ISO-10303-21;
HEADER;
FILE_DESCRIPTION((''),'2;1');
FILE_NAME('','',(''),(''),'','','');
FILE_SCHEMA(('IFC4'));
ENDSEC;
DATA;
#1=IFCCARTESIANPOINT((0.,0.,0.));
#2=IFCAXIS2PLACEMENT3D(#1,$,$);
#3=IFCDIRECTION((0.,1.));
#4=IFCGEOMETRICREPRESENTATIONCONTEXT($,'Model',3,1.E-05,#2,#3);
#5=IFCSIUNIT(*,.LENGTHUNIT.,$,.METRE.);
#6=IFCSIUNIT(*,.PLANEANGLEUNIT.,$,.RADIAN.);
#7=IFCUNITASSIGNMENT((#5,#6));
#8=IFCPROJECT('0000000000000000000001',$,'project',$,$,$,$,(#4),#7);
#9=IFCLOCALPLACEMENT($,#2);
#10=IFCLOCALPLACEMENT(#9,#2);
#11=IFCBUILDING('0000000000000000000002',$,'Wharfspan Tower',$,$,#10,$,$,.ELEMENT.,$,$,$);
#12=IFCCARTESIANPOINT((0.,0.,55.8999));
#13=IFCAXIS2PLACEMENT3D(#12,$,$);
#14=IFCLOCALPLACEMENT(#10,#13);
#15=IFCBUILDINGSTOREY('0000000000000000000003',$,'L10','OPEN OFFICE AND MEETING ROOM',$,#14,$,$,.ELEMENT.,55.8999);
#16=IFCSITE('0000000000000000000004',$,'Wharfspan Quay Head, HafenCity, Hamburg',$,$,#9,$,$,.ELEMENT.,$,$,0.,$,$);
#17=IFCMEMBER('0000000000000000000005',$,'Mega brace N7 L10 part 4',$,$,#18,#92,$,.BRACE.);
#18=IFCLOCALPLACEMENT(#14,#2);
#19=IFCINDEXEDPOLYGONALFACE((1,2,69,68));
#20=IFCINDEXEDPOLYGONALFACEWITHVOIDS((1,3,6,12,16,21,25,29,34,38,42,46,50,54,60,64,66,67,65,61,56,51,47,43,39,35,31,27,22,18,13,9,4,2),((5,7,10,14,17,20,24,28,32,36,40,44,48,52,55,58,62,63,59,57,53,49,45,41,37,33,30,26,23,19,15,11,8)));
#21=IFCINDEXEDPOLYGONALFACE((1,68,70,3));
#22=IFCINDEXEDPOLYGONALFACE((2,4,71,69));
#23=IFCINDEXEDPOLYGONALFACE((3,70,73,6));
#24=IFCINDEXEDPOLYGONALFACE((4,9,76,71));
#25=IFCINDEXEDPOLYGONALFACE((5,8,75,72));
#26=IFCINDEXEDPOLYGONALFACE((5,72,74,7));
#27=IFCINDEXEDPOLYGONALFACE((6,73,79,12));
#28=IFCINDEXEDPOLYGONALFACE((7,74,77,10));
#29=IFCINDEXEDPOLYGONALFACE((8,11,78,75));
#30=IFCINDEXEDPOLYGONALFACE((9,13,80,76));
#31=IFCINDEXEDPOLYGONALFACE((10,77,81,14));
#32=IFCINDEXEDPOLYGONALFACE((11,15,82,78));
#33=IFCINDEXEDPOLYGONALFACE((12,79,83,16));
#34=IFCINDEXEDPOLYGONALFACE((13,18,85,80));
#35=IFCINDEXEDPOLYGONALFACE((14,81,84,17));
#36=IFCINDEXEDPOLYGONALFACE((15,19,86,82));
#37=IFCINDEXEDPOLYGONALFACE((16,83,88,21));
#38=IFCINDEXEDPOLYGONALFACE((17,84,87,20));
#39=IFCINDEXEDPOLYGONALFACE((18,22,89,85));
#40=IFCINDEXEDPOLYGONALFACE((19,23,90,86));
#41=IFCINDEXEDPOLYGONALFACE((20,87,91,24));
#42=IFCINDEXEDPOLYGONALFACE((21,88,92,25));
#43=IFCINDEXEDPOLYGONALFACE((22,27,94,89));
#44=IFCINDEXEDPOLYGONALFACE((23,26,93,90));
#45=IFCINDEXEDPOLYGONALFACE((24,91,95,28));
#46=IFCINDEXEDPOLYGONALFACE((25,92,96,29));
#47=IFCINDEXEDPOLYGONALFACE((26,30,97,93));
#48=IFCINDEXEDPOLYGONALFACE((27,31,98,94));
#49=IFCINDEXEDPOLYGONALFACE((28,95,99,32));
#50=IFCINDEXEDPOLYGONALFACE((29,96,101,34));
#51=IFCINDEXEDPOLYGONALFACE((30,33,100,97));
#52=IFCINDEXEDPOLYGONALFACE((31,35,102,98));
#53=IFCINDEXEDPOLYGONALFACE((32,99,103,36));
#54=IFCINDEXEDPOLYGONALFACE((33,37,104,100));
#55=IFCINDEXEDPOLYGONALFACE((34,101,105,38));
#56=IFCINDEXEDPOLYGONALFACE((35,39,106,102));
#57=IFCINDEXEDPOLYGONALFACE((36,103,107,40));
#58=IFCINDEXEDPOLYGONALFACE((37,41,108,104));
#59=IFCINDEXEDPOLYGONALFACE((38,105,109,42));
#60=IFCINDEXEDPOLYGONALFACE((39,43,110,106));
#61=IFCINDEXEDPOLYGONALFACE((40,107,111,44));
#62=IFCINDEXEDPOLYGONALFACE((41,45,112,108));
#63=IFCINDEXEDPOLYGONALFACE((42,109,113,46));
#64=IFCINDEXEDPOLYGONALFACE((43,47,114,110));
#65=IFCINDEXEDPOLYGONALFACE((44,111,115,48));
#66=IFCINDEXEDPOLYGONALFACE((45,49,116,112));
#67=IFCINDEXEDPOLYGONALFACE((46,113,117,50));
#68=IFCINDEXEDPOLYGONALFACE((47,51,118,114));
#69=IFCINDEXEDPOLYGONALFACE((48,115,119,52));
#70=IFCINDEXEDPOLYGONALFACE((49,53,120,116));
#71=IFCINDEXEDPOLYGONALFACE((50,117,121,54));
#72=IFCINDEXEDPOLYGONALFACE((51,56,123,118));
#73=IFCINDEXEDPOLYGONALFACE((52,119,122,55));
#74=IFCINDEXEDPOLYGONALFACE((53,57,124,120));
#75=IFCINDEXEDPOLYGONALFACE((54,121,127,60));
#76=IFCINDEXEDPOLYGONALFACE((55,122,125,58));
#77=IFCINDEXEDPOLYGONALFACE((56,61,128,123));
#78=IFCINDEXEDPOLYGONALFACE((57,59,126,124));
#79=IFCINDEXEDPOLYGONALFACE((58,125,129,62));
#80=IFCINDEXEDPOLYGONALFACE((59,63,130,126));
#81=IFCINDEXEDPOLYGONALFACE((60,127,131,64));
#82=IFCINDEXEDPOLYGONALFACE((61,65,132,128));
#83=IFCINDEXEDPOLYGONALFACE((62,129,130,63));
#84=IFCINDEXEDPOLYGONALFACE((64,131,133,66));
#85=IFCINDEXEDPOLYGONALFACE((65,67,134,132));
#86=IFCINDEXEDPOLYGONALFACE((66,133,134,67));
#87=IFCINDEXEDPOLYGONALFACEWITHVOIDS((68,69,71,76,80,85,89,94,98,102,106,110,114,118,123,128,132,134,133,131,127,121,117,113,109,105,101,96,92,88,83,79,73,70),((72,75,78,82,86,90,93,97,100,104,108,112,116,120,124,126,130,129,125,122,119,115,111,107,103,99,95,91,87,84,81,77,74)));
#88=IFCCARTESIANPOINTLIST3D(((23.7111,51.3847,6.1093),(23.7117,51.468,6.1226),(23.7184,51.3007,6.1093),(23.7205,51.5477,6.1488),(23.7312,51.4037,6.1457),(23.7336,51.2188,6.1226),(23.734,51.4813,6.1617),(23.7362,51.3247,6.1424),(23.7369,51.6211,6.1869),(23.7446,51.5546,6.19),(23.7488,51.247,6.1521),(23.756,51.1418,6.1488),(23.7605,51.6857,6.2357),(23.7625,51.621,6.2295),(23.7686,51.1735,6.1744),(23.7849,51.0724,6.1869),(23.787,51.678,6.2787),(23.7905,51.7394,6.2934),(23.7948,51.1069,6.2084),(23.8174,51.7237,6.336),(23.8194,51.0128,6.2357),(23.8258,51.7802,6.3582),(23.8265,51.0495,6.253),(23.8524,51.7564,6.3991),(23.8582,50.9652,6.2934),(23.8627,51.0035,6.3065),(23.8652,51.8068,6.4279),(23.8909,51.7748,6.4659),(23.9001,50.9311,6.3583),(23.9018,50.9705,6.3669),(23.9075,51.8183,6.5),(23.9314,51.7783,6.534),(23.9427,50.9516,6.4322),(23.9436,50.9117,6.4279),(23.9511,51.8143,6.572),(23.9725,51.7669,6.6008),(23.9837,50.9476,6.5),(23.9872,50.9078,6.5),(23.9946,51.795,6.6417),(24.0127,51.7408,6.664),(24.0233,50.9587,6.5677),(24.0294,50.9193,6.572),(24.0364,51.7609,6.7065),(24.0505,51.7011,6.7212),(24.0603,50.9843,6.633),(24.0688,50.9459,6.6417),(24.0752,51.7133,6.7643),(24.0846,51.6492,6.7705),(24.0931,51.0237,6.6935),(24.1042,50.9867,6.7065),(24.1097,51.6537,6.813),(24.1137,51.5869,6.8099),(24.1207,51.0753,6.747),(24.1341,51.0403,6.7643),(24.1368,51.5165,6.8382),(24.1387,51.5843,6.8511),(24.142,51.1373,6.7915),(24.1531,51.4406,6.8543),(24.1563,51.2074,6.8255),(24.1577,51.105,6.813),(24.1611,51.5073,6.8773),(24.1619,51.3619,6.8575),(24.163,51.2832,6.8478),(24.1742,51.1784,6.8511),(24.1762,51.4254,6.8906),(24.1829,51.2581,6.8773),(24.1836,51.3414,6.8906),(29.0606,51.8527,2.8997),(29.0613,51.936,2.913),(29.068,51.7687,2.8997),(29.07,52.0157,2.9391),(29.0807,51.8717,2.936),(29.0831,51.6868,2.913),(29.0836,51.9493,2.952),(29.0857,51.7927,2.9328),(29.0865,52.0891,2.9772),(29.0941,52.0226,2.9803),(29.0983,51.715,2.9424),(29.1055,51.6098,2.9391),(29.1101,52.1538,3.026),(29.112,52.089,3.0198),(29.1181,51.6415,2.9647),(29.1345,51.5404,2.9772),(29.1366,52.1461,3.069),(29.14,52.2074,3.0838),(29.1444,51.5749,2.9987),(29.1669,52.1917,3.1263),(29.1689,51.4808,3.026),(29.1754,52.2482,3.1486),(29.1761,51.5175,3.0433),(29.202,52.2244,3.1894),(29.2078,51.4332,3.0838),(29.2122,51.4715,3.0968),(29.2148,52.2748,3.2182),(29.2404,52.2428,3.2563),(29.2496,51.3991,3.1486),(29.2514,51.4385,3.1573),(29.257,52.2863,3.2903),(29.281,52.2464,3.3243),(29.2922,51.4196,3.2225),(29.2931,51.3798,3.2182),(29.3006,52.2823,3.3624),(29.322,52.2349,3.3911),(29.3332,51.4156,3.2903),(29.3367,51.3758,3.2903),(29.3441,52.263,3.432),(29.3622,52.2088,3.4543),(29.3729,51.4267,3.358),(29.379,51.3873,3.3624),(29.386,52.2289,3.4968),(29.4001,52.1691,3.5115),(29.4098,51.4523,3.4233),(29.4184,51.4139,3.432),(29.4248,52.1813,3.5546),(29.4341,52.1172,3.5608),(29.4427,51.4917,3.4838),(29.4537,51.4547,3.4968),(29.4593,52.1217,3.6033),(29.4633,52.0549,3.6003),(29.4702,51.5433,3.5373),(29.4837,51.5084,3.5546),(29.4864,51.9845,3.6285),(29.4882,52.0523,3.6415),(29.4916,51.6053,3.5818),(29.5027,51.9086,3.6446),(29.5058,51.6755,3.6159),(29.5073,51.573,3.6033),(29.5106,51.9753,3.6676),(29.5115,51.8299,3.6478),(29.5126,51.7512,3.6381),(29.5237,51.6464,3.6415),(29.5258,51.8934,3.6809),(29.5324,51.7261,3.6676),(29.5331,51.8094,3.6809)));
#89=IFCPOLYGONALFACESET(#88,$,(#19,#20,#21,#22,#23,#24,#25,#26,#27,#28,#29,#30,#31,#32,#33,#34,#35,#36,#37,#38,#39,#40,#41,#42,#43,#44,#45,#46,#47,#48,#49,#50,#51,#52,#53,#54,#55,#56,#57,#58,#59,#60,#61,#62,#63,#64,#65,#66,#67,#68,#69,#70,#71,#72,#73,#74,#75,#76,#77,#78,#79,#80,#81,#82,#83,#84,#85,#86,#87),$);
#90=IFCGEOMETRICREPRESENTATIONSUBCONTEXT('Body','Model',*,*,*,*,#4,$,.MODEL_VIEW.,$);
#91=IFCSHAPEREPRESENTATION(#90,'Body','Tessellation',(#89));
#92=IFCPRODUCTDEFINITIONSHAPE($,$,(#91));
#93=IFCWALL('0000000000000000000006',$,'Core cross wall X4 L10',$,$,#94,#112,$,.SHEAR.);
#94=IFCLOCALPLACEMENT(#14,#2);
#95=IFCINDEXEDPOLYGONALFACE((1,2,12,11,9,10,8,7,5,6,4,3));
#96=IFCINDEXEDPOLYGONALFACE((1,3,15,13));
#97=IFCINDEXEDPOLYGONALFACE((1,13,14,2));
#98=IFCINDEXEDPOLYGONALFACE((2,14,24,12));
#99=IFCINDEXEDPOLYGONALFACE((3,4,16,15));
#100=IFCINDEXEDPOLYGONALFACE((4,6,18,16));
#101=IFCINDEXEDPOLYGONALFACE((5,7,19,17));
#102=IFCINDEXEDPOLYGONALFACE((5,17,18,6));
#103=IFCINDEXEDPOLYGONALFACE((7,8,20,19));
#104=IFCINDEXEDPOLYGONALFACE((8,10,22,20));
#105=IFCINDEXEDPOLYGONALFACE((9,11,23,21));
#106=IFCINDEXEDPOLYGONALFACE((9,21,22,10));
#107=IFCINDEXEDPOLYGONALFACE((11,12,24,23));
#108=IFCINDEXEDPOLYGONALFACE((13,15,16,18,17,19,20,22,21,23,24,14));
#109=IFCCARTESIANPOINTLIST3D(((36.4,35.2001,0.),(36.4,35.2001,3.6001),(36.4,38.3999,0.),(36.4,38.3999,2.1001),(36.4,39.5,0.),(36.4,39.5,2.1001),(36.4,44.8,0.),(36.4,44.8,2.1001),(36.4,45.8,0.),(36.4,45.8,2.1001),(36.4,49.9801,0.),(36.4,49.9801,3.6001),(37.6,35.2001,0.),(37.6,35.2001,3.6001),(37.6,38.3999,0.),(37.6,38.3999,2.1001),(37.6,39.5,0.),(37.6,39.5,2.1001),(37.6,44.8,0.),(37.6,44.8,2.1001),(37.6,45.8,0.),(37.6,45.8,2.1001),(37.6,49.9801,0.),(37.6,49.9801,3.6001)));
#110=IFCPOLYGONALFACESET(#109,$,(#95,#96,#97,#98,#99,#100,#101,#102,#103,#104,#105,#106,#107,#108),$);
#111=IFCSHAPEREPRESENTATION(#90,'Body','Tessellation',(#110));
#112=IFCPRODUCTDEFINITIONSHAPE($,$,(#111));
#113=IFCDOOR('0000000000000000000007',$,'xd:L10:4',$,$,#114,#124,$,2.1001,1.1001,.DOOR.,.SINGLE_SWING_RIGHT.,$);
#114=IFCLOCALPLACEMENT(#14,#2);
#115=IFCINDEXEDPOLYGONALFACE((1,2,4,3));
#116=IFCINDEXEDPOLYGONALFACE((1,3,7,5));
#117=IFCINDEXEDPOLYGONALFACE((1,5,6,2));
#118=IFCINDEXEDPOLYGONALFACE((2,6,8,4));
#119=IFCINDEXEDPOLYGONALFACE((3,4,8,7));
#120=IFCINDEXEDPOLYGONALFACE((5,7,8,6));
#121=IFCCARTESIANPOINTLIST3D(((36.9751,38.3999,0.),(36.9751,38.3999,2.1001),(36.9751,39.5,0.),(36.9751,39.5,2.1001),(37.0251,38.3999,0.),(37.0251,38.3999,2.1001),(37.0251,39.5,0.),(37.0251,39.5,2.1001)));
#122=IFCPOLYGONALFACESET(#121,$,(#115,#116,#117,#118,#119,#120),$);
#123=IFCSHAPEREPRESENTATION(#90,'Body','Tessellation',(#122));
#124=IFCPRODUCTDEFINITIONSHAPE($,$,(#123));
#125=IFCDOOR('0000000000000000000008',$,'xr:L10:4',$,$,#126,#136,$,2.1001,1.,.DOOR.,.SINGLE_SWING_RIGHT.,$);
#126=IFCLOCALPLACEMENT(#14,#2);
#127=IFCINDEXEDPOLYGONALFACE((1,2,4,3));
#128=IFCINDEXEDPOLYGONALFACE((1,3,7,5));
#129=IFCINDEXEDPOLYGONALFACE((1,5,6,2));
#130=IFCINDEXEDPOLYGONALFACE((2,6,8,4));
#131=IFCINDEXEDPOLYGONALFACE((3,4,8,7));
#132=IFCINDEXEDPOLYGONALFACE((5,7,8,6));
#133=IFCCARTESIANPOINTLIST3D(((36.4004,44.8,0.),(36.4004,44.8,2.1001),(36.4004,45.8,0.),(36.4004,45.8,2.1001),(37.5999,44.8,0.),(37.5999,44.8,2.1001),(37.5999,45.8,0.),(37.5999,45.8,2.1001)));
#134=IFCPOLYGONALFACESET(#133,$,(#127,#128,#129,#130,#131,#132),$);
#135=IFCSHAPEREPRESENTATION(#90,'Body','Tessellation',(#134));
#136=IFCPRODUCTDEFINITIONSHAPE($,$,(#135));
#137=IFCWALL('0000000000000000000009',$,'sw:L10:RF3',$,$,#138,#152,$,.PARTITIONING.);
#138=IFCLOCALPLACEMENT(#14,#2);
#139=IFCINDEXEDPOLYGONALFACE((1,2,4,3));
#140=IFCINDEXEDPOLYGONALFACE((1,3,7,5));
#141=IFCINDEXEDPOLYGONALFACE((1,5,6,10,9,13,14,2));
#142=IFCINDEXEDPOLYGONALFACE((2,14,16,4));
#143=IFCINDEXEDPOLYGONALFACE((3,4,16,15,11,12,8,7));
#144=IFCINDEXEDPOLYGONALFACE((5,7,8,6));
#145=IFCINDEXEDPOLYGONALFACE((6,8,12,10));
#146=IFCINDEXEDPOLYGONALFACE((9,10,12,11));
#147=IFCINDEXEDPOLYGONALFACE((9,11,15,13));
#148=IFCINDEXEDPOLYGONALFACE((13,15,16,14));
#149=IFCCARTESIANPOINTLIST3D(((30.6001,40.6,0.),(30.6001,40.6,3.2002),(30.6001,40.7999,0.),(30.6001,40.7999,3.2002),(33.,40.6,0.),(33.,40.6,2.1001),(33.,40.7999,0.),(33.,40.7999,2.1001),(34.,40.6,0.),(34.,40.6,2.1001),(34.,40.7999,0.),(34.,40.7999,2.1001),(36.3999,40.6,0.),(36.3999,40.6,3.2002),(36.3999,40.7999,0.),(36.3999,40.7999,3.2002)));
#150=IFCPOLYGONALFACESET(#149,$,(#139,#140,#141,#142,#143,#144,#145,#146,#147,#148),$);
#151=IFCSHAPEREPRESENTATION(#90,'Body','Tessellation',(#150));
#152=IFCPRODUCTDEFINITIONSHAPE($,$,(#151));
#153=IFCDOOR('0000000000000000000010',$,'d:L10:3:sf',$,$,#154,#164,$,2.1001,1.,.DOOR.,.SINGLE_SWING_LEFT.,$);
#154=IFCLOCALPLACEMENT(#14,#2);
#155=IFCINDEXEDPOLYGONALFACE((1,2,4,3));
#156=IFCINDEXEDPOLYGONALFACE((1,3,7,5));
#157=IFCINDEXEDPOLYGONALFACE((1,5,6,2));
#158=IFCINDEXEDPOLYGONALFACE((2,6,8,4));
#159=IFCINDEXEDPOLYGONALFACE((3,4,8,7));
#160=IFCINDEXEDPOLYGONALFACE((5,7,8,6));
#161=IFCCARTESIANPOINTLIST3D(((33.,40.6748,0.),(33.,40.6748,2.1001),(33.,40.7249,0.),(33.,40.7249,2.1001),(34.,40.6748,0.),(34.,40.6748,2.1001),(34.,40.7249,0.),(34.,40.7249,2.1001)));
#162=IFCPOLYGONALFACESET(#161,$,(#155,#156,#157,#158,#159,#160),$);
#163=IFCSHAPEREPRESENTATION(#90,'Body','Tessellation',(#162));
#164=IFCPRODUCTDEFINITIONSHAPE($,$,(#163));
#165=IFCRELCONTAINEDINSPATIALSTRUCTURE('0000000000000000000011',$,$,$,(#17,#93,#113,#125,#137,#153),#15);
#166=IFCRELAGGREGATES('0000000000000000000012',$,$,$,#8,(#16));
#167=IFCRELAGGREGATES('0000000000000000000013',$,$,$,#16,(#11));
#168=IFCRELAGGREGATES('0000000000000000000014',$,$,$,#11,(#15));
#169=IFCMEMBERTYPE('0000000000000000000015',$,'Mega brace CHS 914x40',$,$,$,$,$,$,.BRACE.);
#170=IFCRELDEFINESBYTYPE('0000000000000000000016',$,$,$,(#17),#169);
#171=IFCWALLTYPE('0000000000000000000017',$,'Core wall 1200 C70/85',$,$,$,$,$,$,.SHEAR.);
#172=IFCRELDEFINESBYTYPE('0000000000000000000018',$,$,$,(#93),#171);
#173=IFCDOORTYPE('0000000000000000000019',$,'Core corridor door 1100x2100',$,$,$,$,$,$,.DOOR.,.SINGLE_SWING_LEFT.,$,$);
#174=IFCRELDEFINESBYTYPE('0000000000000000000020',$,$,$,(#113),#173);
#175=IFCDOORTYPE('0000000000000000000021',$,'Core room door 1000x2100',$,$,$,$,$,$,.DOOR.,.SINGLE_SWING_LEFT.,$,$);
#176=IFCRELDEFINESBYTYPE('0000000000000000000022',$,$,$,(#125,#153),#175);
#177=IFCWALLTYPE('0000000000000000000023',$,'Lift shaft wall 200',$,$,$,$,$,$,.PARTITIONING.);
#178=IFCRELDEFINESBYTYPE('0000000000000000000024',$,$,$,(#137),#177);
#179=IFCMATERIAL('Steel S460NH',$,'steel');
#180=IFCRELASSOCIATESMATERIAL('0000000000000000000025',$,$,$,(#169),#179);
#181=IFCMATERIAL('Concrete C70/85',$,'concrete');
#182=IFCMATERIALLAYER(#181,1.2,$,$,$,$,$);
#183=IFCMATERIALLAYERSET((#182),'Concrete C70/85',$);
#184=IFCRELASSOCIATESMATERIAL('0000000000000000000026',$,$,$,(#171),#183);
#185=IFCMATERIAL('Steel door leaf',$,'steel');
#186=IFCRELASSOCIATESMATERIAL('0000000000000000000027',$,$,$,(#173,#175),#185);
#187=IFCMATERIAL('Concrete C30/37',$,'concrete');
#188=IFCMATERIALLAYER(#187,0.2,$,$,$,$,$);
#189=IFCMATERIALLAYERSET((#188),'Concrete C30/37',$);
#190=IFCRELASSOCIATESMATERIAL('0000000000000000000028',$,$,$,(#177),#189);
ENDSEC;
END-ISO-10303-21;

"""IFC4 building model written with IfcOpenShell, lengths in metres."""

from ifc_helpers import new_model, si_unit, direction, frame, frame_2d, origin, origin_2d, place, context, subcontext, project, spatial, rectangle, hollow_circle, extrude, material, layer, layer_set, material_profile, profile_set, type_object, element, fill, save


model = new_model("IFC4")

# Units and contexts
model_context = context("Model", 3, precision=1e-05, world=origin(), true_north=direction((0.0, 1.0)))
body_context = subcontext(model_context, "Body", "Model", "MODEL_VIEW")
ifc_project = project(units=[si_unit("LENGTHUNIT", "METRE"), si_unit("PLANEANGLEUNIT", "RADIAN")], contexts=[model_context])

# Site, building, storey
site_placement = place(None, origin())
site = spatial("IfcSite", under=ifc_project, at=site_placement, Name="Wharfspan Quay Head, HafenCity, Hamburg", CompositionType="ELEMENT", RefElevation=0.0)
building_placement = place(site_placement, origin())
building = spatial("IfcBuilding", under=site, at=building_placement, Name="Wharfspan Tower", CompositionType="ELEMENT")
storey_placement = place(building_placement, frame((0.0, 0.0, 55.8999)))
storey = spatial("IfcBuildingStorey", under=building, at=storey_placement, Name="L10", Description="OPEN OFFICE AND MEETING ROOM", CompositionType="ELEMENT", Elevation=55.8999)

# Member
ifc_material_1 = material(Name="Steel S460NH", Category="steel")
ifc_material_profile_1 = material_profile(ifc_material_1, hollow_circle(Radius=0.457, WallThickness=0.04, at=origin_2d()))
ifc_profile_set_1 = profile_set([ifc_material_profile_1], Name="Steel S460NH")
member_type = type_object("IfcMemberType", Name="Mega brace CHS 914x40", PredefinedType="BRACE", material=ifc_profile_set_1)
for number, where, z_axis, x_axis, name in (
    (1, (29.2969, 51.8311, 3.2903), (-0.855094, -0.074809, 0.513048), (0.087154, -0.996195, 0.000001), "Mega brace N7 L10 part 4"),
):
    element("IfcMember", number, at=place(storey_placement, frame(where, z_axis=z_axis, x_axis=x_axis)), inside=storey, type_object=member_type, Name=name, PredefinedType="BRACE", context=body_context, shape_type="SweptSolid", body=[
        extrude(hollow_circle(Radius=0.457, WallThickness=0.04, at=origin_2d()), origin(), (0.0, 0.0, 1.0), 6.2561),
    ])

# Wall, openings, doors
ifc_material_2 = material(Name="Concrete C70/85", Category="concrete")
ifc_layer_1 = layer(ifc_material_2, 1.2)
ifc_layer_set_1 = layer_set([ifc_layer_1], Name="Concrete C70/85")
wall_type_1 = type_object("IfcWallType", Name="Core wall 1200 C70/85", PredefinedType="SHEAR", material=ifc_layer_set_1)
wall_1_placement = place(storey_placement, frame((37.0, 35.2, 0.0), z_axis=(0.0, 0.0, 1.0), x_axis=(0.0, 1.0, 0.0)))
wall_1 = element("IfcWall", 2, at=wall_1_placement, inside=storey, type_object=wall_type_1, Name="Core cross wall X4 L10", PredefinedType="SHEAR", context=body_context, shape_type="SweptSolid", body=[
    extrude(rectangle(XDim=14.78, YDim=1.2, at=frame_2d((7.3901, 0.0))), origin(), (0.0, 0.0, 1.0), 3.6001),
])
opening_1_placement = place(wall_1_placement, frame((3.2, 0.0, 0.0)))
opening_1 = element("IfcOpeningElement", 3, at=opening_1_placement, cuts=wall_1, PredefinedType="OPENING", context=body_context, shape_type="SweptSolid", body=[
    extrude(rectangle(XDim=1.1001, YDim=2.1001, at=frame_2d((0.55, 1.05))), frame((0.0, 0.6099, 0.0), z_axis=(0.0, -1.0, 0.0), x_axis=(1.0, 0.0, 0.0)), (0.0, 0.0, 1.0), 1.22),
])
opening_2_placement = place(wall_1_placement, frame((9.6001, 0.0, 0.0)))
opening_2 = element("IfcOpeningElement", 4, at=opening_2_placement, cuts=wall_1, PredefinedType="OPENING", context=body_context, shape_type="SweptSolid", body=[
    extrude(rectangle(XDim=1.0, YDim=2.1001, at=frame_2d((0.5, 1.05))), frame((0.0, 0.6099, 0.0), z_axis=(0.0, -1.0, 0.0), x_axis=(1.0, 0.0, 0.0)), (0.0, 0.0, 1.0), 1.22),
])
ifc_material_3 = material(Name="Steel door leaf", Category="steel")
door_type_1 = type_object("IfcDoorType", Name="Core corridor door 1100x2100", OperationType="SINGLE_SWING_LEFT", PredefinedType="DOOR", material=ifc_material_3)
door_1_placement = place(opening_1_placement, origin())
door_1 = element("IfcDoor", 5, at=door_1_placement, inside=storey, type_object=door_type_1, Name="xd:L10:4", OperationType="SINGLE_SWING_RIGHT", OverallHeight=2.1001, OverallWidth=1.1001, PredefinedType="DOOR", context=body_context, shape_type="SweptSolid", body=[
    extrude(rectangle(XDim=1.1001, YDim=2.1001, at=frame_2d((0.55, 1.05))), frame((0.0, 0.0249, 0.0), z_axis=(0.0, -1.0, 0.0), x_axis=(1.0, 0.0, 0.0)), (0.0, 0.0, 1.0), 0.05),
])
fill(opening_1, door_1)
door_type_2 = type_object("IfcDoorType", Name="Core room door 1000x2100", OperationType="SINGLE_SWING_LEFT", PredefinedType="DOOR", material=ifc_material_3)
door_2_placement = place(opening_2_placement, origin())
door_2 = element("IfcDoor", 6, at=door_2_placement, inside=storey, type_object=door_type_2, Name="xr:L10:4", OperationType="SINGLE_SWING_RIGHT", OverallHeight=2.1001, OverallWidth=1.0, PredefinedType="DOOR", context=body_context, shape_type="SweptSolid", body=[
    extrude(rectangle(XDim=1.0, YDim=2.1001, at=frame_2d((0.5, 1.05))), frame((0.0, 0.5996, 0.0), z_axis=(0.0, -1.0, 0.0), x_axis=(1.0, 0.0, 0.0)), (0.0, 0.0, 1.0), 1.1995),
])
fill(opening_2, door_2)

# Wall, opening, door
ifc_material_4 = material(Name="Concrete C30/37", Category="concrete")
ifc_layer_2 = layer(ifc_material_4, 0.2)
ifc_layer_set_2 = layer_set([ifc_layer_2], Name="Concrete C30/37")
wall_type_2 = type_object("IfcWallType", Name="Lift shaft wall 200", PredefinedType="PARTITIONING", material=ifc_layer_set_2)
wall_2_placement = place(storey_placement, frame((30.6001, 40.7, 0.0), z_axis=(0.0, 0.0, 1.0), x_axis=(1.0, 0.0, 0.0)))
wall_2 = element("IfcWall", 7, at=wall_2_placement, inside=storey, type_object=wall_type_2, Name="sw:L10:RF3", PredefinedType="PARTITIONING", context=body_context, shape_type="SweptSolid", body=[
    extrude(rectangle(XDim=5.7998, YDim=0.2, at=frame_2d((2.8999, 0.0))), origin(), (0.0, 0.0, 1.0), 3.2002),
])
opening_3_placement = place(wall_2_placement, frame((2.3999, 0.0, 0.0)))
opening_3 = element("IfcOpeningElement", 8, at=opening_3_placement, cuts=wall_2, PredefinedType="OPENING", context=body_context, shape_type="SweptSolid", body=[
    extrude(rectangle(XDim=1.0, YDim=2.1001, at=frame_2d((0.5, 1.05))), frame((0.0, 0.1099, 0.0), z_axis=(0.0, -1.0, 0.0), x_axis=(1.0, 0.0, 0.0)), (0.0, 0.0, 1.0), 0.22),
])
door_3_placement = place(opening_3_placement, origin())
door_3 = element("IfcDoor", 9, at=door_3_placement, inside=storey, type_object=door_type_2, Name="d:L10:3:sf", OperationType="SINGLE_SWING_LEFT", OverallHeight=2.1001, OverallWidth=1.0, PredefinedType="DOOR", context=body_context, shape_type="SweptSolid", body=[
    extrude(rectangle(XDim=1.0, YDim=2.1001, at=frame_2d((0.5, 1.05))), frame((0.0, 0.0249, 0.0), z_axis=(0.0, -1.0, 0.0), x_axis=(1.0, 0.0, 0.0)), (0.0, 0.0, 1.0), 0.05),
])
fill(opening_3, door_3)

save(model, "model.ifc")
